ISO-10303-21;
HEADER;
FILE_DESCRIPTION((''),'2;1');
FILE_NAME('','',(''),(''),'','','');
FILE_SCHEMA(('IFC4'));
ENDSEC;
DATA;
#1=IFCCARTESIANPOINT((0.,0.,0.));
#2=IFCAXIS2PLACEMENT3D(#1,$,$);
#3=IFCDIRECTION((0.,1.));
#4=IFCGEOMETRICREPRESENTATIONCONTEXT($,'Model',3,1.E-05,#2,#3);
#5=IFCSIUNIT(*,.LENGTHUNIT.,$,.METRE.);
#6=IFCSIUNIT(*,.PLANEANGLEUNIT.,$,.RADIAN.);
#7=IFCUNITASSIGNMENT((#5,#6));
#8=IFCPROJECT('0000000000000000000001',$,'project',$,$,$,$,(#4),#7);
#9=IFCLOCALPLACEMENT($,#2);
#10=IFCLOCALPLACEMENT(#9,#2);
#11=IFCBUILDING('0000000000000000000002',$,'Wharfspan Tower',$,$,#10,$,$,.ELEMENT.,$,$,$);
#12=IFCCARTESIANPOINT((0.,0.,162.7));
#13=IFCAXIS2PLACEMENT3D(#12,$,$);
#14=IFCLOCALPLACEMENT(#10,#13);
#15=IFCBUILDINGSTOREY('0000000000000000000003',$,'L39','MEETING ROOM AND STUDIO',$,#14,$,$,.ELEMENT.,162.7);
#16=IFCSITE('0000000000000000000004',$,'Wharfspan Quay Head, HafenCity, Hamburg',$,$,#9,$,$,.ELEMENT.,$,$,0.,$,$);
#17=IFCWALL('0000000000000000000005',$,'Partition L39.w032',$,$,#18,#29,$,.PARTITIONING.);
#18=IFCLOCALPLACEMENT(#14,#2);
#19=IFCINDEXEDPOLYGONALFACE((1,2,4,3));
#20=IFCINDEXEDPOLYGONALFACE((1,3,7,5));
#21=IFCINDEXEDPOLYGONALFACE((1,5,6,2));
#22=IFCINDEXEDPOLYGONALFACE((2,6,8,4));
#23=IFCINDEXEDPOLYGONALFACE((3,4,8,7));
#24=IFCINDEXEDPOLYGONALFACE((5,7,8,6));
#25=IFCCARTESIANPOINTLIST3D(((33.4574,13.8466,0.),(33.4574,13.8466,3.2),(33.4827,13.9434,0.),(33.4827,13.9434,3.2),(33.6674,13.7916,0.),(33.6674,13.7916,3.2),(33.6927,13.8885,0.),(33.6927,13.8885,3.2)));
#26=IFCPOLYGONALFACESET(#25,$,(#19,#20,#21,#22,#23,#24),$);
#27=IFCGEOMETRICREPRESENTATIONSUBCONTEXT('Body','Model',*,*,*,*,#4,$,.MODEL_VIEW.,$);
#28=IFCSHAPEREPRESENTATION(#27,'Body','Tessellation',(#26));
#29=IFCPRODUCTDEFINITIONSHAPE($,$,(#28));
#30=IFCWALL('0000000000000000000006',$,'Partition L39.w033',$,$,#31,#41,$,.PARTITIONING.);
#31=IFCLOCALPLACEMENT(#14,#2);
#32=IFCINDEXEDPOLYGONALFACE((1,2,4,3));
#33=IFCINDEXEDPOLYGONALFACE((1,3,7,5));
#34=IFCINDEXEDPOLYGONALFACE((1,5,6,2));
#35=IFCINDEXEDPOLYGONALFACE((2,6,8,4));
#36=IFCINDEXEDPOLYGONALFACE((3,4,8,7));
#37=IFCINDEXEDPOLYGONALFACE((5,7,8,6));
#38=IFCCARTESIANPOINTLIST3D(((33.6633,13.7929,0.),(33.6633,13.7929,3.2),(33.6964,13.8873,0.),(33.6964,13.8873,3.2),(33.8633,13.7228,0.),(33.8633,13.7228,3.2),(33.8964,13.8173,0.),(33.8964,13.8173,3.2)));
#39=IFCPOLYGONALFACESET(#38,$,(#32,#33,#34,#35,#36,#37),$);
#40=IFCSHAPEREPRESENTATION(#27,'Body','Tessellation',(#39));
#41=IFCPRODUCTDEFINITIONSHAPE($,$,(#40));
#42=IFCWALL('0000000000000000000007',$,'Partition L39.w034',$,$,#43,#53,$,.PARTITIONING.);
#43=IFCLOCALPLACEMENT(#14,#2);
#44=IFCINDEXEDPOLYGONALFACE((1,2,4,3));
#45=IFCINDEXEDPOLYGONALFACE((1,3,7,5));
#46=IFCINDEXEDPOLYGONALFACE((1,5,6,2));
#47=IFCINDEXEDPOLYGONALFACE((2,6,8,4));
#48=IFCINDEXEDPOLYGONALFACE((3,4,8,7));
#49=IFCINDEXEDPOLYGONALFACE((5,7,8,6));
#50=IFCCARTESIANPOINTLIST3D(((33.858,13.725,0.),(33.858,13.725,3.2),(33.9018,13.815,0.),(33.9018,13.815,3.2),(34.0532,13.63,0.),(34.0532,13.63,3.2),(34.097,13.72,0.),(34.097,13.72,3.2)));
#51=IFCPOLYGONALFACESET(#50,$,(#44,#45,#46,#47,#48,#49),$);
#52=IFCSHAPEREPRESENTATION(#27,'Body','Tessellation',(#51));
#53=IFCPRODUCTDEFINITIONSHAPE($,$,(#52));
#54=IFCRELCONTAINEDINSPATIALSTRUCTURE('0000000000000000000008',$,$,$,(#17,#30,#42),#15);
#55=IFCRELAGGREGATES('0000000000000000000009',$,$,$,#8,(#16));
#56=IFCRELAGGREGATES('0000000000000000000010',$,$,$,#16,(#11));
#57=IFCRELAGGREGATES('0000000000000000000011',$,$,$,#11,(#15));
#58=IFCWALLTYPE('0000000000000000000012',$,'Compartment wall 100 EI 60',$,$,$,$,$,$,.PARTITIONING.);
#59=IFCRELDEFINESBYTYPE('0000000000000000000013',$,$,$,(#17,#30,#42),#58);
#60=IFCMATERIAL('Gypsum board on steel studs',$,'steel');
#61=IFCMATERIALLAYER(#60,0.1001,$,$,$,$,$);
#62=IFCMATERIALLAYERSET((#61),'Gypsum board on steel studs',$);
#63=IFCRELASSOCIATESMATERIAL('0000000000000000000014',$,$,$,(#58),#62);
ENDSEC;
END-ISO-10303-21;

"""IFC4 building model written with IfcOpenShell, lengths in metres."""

from ifc_helpers import new_model, si_unit, direction, frame, frame_2d, origin, place, context, subcontext, project, spatial, rectangle, extrude, material, layer, layer_set, type_object, element, save


model = new_model("IFC4")

# Units and contexts
model_context = context("Model", 3, precision=1e-05, world=origin(), true_north=direction((0.0, 1.0)))
body_context = subcontext(model_context, "Body", "Model", "MODEL_VIEW")
ifc_project = project(units=[si_unit("LENGTHUNIT", "METRE"), si_unit("PLANEANGLEUNIT", "RADIAN")], contexts=[model_context])

# Site, building, storey
site_placement = place(None, origin())
site = spatial("IfcSite", under=ifc_project, at=site_placement, Name="Wharfspan Quay Head, HafenCity, Hamburg", CompositionType="ELEMENT", RefElevation=0.0)
building_placement = place(site_placement, origin())
building = spatial("IfcBuilding", under=site, at=building_placement, Name="Wharfspan Tower", CompositionType="ELEMENT")
storey_placement = place(building_placement, frame((0.0, 0.0, 162.7)))
storey = spatial("IfcBuildingStorey", under=building, at=storey_placement, Name="L39", Description="MEETING ROOM AND STUDIO", CompositionType="ELEMENT", Elevation=162.7)

# Shared definitions
ifc_material_1 = material(Name="Gypsum board on steel studs", Category="steel")
ifc_layer = layer(ifc_material_1, 0.1001)
ifc_layer_set = layer_set([ifc_layer], Name="Gypsum board on steel studs")
wall_type = type_object("IfcWallType", Name="Compartment wall 100 EI 60", PredefinedType="PARTITIONING", material=ifc_layer_set)

# Walls
wall_1_placement = place(storey_placement, frame((33.6799, 13.8401, 0.0), z_axis=(0.0, 0.0, 1.0), x_axis=(-0.967435, 0.253108, 0.0)))
element("IfcWall", 1, at=wall_1_placement, inside=storey, type_object=wall_type, Name="Partition L39.w032", PredefinedType="PARTITIONING", context=body_context, shape_type="SweptSolid", body=[
    extrude(rectangle(XDim=0.217, YDim=0.1001, at=frame_2d((0.1084, 0.0))), origin(), (0.0, 0.0, 1.0), 3.2),
])
wall_2_placement = place(storey_placement, frame((33.8799, 13.77, 0.0), z_axis=(0.0, 0.0, 1.0), x_axis=(-0.943736, 0.330711, 0.0)))
element("IfcWall", 2, at=wall_2_placement, inside=storey, type_object=wall_type, Name="Partition L39.w033", PredefinedType="PARTITIONING", context=body_context, shape_type="SweptSolid", body=[
    extrude(rectangle(XDim=0.2119, YDim=0.1001, at=frame_2d((0.106, 0.0))), origin(), (0.0, 0.0, 1.0), 3.2),
])
wall_3_placement = place(storey_placement, frame((34.075, 13.675, 0.0), z_axis=(0.0, 0.0, 1.0), x_axis=(-0.899103, 0.437736, 0.0)))
element("IfcWall", 3, at=wall_3_placement, inside=storey, type_object=wall_type, Name="Partition L39.w034", PredefinedType="PARTITIONING", context=body_context, shape_type="SweptSolid", body=[
    extrude(rectangle(XDim=0.217, YDim=0.1001, at=frame_2d((0.1084, 0.0))), origin(), (0.0, 0.0, 1.0), 3.2),
])

save(model, "model.ifc")
